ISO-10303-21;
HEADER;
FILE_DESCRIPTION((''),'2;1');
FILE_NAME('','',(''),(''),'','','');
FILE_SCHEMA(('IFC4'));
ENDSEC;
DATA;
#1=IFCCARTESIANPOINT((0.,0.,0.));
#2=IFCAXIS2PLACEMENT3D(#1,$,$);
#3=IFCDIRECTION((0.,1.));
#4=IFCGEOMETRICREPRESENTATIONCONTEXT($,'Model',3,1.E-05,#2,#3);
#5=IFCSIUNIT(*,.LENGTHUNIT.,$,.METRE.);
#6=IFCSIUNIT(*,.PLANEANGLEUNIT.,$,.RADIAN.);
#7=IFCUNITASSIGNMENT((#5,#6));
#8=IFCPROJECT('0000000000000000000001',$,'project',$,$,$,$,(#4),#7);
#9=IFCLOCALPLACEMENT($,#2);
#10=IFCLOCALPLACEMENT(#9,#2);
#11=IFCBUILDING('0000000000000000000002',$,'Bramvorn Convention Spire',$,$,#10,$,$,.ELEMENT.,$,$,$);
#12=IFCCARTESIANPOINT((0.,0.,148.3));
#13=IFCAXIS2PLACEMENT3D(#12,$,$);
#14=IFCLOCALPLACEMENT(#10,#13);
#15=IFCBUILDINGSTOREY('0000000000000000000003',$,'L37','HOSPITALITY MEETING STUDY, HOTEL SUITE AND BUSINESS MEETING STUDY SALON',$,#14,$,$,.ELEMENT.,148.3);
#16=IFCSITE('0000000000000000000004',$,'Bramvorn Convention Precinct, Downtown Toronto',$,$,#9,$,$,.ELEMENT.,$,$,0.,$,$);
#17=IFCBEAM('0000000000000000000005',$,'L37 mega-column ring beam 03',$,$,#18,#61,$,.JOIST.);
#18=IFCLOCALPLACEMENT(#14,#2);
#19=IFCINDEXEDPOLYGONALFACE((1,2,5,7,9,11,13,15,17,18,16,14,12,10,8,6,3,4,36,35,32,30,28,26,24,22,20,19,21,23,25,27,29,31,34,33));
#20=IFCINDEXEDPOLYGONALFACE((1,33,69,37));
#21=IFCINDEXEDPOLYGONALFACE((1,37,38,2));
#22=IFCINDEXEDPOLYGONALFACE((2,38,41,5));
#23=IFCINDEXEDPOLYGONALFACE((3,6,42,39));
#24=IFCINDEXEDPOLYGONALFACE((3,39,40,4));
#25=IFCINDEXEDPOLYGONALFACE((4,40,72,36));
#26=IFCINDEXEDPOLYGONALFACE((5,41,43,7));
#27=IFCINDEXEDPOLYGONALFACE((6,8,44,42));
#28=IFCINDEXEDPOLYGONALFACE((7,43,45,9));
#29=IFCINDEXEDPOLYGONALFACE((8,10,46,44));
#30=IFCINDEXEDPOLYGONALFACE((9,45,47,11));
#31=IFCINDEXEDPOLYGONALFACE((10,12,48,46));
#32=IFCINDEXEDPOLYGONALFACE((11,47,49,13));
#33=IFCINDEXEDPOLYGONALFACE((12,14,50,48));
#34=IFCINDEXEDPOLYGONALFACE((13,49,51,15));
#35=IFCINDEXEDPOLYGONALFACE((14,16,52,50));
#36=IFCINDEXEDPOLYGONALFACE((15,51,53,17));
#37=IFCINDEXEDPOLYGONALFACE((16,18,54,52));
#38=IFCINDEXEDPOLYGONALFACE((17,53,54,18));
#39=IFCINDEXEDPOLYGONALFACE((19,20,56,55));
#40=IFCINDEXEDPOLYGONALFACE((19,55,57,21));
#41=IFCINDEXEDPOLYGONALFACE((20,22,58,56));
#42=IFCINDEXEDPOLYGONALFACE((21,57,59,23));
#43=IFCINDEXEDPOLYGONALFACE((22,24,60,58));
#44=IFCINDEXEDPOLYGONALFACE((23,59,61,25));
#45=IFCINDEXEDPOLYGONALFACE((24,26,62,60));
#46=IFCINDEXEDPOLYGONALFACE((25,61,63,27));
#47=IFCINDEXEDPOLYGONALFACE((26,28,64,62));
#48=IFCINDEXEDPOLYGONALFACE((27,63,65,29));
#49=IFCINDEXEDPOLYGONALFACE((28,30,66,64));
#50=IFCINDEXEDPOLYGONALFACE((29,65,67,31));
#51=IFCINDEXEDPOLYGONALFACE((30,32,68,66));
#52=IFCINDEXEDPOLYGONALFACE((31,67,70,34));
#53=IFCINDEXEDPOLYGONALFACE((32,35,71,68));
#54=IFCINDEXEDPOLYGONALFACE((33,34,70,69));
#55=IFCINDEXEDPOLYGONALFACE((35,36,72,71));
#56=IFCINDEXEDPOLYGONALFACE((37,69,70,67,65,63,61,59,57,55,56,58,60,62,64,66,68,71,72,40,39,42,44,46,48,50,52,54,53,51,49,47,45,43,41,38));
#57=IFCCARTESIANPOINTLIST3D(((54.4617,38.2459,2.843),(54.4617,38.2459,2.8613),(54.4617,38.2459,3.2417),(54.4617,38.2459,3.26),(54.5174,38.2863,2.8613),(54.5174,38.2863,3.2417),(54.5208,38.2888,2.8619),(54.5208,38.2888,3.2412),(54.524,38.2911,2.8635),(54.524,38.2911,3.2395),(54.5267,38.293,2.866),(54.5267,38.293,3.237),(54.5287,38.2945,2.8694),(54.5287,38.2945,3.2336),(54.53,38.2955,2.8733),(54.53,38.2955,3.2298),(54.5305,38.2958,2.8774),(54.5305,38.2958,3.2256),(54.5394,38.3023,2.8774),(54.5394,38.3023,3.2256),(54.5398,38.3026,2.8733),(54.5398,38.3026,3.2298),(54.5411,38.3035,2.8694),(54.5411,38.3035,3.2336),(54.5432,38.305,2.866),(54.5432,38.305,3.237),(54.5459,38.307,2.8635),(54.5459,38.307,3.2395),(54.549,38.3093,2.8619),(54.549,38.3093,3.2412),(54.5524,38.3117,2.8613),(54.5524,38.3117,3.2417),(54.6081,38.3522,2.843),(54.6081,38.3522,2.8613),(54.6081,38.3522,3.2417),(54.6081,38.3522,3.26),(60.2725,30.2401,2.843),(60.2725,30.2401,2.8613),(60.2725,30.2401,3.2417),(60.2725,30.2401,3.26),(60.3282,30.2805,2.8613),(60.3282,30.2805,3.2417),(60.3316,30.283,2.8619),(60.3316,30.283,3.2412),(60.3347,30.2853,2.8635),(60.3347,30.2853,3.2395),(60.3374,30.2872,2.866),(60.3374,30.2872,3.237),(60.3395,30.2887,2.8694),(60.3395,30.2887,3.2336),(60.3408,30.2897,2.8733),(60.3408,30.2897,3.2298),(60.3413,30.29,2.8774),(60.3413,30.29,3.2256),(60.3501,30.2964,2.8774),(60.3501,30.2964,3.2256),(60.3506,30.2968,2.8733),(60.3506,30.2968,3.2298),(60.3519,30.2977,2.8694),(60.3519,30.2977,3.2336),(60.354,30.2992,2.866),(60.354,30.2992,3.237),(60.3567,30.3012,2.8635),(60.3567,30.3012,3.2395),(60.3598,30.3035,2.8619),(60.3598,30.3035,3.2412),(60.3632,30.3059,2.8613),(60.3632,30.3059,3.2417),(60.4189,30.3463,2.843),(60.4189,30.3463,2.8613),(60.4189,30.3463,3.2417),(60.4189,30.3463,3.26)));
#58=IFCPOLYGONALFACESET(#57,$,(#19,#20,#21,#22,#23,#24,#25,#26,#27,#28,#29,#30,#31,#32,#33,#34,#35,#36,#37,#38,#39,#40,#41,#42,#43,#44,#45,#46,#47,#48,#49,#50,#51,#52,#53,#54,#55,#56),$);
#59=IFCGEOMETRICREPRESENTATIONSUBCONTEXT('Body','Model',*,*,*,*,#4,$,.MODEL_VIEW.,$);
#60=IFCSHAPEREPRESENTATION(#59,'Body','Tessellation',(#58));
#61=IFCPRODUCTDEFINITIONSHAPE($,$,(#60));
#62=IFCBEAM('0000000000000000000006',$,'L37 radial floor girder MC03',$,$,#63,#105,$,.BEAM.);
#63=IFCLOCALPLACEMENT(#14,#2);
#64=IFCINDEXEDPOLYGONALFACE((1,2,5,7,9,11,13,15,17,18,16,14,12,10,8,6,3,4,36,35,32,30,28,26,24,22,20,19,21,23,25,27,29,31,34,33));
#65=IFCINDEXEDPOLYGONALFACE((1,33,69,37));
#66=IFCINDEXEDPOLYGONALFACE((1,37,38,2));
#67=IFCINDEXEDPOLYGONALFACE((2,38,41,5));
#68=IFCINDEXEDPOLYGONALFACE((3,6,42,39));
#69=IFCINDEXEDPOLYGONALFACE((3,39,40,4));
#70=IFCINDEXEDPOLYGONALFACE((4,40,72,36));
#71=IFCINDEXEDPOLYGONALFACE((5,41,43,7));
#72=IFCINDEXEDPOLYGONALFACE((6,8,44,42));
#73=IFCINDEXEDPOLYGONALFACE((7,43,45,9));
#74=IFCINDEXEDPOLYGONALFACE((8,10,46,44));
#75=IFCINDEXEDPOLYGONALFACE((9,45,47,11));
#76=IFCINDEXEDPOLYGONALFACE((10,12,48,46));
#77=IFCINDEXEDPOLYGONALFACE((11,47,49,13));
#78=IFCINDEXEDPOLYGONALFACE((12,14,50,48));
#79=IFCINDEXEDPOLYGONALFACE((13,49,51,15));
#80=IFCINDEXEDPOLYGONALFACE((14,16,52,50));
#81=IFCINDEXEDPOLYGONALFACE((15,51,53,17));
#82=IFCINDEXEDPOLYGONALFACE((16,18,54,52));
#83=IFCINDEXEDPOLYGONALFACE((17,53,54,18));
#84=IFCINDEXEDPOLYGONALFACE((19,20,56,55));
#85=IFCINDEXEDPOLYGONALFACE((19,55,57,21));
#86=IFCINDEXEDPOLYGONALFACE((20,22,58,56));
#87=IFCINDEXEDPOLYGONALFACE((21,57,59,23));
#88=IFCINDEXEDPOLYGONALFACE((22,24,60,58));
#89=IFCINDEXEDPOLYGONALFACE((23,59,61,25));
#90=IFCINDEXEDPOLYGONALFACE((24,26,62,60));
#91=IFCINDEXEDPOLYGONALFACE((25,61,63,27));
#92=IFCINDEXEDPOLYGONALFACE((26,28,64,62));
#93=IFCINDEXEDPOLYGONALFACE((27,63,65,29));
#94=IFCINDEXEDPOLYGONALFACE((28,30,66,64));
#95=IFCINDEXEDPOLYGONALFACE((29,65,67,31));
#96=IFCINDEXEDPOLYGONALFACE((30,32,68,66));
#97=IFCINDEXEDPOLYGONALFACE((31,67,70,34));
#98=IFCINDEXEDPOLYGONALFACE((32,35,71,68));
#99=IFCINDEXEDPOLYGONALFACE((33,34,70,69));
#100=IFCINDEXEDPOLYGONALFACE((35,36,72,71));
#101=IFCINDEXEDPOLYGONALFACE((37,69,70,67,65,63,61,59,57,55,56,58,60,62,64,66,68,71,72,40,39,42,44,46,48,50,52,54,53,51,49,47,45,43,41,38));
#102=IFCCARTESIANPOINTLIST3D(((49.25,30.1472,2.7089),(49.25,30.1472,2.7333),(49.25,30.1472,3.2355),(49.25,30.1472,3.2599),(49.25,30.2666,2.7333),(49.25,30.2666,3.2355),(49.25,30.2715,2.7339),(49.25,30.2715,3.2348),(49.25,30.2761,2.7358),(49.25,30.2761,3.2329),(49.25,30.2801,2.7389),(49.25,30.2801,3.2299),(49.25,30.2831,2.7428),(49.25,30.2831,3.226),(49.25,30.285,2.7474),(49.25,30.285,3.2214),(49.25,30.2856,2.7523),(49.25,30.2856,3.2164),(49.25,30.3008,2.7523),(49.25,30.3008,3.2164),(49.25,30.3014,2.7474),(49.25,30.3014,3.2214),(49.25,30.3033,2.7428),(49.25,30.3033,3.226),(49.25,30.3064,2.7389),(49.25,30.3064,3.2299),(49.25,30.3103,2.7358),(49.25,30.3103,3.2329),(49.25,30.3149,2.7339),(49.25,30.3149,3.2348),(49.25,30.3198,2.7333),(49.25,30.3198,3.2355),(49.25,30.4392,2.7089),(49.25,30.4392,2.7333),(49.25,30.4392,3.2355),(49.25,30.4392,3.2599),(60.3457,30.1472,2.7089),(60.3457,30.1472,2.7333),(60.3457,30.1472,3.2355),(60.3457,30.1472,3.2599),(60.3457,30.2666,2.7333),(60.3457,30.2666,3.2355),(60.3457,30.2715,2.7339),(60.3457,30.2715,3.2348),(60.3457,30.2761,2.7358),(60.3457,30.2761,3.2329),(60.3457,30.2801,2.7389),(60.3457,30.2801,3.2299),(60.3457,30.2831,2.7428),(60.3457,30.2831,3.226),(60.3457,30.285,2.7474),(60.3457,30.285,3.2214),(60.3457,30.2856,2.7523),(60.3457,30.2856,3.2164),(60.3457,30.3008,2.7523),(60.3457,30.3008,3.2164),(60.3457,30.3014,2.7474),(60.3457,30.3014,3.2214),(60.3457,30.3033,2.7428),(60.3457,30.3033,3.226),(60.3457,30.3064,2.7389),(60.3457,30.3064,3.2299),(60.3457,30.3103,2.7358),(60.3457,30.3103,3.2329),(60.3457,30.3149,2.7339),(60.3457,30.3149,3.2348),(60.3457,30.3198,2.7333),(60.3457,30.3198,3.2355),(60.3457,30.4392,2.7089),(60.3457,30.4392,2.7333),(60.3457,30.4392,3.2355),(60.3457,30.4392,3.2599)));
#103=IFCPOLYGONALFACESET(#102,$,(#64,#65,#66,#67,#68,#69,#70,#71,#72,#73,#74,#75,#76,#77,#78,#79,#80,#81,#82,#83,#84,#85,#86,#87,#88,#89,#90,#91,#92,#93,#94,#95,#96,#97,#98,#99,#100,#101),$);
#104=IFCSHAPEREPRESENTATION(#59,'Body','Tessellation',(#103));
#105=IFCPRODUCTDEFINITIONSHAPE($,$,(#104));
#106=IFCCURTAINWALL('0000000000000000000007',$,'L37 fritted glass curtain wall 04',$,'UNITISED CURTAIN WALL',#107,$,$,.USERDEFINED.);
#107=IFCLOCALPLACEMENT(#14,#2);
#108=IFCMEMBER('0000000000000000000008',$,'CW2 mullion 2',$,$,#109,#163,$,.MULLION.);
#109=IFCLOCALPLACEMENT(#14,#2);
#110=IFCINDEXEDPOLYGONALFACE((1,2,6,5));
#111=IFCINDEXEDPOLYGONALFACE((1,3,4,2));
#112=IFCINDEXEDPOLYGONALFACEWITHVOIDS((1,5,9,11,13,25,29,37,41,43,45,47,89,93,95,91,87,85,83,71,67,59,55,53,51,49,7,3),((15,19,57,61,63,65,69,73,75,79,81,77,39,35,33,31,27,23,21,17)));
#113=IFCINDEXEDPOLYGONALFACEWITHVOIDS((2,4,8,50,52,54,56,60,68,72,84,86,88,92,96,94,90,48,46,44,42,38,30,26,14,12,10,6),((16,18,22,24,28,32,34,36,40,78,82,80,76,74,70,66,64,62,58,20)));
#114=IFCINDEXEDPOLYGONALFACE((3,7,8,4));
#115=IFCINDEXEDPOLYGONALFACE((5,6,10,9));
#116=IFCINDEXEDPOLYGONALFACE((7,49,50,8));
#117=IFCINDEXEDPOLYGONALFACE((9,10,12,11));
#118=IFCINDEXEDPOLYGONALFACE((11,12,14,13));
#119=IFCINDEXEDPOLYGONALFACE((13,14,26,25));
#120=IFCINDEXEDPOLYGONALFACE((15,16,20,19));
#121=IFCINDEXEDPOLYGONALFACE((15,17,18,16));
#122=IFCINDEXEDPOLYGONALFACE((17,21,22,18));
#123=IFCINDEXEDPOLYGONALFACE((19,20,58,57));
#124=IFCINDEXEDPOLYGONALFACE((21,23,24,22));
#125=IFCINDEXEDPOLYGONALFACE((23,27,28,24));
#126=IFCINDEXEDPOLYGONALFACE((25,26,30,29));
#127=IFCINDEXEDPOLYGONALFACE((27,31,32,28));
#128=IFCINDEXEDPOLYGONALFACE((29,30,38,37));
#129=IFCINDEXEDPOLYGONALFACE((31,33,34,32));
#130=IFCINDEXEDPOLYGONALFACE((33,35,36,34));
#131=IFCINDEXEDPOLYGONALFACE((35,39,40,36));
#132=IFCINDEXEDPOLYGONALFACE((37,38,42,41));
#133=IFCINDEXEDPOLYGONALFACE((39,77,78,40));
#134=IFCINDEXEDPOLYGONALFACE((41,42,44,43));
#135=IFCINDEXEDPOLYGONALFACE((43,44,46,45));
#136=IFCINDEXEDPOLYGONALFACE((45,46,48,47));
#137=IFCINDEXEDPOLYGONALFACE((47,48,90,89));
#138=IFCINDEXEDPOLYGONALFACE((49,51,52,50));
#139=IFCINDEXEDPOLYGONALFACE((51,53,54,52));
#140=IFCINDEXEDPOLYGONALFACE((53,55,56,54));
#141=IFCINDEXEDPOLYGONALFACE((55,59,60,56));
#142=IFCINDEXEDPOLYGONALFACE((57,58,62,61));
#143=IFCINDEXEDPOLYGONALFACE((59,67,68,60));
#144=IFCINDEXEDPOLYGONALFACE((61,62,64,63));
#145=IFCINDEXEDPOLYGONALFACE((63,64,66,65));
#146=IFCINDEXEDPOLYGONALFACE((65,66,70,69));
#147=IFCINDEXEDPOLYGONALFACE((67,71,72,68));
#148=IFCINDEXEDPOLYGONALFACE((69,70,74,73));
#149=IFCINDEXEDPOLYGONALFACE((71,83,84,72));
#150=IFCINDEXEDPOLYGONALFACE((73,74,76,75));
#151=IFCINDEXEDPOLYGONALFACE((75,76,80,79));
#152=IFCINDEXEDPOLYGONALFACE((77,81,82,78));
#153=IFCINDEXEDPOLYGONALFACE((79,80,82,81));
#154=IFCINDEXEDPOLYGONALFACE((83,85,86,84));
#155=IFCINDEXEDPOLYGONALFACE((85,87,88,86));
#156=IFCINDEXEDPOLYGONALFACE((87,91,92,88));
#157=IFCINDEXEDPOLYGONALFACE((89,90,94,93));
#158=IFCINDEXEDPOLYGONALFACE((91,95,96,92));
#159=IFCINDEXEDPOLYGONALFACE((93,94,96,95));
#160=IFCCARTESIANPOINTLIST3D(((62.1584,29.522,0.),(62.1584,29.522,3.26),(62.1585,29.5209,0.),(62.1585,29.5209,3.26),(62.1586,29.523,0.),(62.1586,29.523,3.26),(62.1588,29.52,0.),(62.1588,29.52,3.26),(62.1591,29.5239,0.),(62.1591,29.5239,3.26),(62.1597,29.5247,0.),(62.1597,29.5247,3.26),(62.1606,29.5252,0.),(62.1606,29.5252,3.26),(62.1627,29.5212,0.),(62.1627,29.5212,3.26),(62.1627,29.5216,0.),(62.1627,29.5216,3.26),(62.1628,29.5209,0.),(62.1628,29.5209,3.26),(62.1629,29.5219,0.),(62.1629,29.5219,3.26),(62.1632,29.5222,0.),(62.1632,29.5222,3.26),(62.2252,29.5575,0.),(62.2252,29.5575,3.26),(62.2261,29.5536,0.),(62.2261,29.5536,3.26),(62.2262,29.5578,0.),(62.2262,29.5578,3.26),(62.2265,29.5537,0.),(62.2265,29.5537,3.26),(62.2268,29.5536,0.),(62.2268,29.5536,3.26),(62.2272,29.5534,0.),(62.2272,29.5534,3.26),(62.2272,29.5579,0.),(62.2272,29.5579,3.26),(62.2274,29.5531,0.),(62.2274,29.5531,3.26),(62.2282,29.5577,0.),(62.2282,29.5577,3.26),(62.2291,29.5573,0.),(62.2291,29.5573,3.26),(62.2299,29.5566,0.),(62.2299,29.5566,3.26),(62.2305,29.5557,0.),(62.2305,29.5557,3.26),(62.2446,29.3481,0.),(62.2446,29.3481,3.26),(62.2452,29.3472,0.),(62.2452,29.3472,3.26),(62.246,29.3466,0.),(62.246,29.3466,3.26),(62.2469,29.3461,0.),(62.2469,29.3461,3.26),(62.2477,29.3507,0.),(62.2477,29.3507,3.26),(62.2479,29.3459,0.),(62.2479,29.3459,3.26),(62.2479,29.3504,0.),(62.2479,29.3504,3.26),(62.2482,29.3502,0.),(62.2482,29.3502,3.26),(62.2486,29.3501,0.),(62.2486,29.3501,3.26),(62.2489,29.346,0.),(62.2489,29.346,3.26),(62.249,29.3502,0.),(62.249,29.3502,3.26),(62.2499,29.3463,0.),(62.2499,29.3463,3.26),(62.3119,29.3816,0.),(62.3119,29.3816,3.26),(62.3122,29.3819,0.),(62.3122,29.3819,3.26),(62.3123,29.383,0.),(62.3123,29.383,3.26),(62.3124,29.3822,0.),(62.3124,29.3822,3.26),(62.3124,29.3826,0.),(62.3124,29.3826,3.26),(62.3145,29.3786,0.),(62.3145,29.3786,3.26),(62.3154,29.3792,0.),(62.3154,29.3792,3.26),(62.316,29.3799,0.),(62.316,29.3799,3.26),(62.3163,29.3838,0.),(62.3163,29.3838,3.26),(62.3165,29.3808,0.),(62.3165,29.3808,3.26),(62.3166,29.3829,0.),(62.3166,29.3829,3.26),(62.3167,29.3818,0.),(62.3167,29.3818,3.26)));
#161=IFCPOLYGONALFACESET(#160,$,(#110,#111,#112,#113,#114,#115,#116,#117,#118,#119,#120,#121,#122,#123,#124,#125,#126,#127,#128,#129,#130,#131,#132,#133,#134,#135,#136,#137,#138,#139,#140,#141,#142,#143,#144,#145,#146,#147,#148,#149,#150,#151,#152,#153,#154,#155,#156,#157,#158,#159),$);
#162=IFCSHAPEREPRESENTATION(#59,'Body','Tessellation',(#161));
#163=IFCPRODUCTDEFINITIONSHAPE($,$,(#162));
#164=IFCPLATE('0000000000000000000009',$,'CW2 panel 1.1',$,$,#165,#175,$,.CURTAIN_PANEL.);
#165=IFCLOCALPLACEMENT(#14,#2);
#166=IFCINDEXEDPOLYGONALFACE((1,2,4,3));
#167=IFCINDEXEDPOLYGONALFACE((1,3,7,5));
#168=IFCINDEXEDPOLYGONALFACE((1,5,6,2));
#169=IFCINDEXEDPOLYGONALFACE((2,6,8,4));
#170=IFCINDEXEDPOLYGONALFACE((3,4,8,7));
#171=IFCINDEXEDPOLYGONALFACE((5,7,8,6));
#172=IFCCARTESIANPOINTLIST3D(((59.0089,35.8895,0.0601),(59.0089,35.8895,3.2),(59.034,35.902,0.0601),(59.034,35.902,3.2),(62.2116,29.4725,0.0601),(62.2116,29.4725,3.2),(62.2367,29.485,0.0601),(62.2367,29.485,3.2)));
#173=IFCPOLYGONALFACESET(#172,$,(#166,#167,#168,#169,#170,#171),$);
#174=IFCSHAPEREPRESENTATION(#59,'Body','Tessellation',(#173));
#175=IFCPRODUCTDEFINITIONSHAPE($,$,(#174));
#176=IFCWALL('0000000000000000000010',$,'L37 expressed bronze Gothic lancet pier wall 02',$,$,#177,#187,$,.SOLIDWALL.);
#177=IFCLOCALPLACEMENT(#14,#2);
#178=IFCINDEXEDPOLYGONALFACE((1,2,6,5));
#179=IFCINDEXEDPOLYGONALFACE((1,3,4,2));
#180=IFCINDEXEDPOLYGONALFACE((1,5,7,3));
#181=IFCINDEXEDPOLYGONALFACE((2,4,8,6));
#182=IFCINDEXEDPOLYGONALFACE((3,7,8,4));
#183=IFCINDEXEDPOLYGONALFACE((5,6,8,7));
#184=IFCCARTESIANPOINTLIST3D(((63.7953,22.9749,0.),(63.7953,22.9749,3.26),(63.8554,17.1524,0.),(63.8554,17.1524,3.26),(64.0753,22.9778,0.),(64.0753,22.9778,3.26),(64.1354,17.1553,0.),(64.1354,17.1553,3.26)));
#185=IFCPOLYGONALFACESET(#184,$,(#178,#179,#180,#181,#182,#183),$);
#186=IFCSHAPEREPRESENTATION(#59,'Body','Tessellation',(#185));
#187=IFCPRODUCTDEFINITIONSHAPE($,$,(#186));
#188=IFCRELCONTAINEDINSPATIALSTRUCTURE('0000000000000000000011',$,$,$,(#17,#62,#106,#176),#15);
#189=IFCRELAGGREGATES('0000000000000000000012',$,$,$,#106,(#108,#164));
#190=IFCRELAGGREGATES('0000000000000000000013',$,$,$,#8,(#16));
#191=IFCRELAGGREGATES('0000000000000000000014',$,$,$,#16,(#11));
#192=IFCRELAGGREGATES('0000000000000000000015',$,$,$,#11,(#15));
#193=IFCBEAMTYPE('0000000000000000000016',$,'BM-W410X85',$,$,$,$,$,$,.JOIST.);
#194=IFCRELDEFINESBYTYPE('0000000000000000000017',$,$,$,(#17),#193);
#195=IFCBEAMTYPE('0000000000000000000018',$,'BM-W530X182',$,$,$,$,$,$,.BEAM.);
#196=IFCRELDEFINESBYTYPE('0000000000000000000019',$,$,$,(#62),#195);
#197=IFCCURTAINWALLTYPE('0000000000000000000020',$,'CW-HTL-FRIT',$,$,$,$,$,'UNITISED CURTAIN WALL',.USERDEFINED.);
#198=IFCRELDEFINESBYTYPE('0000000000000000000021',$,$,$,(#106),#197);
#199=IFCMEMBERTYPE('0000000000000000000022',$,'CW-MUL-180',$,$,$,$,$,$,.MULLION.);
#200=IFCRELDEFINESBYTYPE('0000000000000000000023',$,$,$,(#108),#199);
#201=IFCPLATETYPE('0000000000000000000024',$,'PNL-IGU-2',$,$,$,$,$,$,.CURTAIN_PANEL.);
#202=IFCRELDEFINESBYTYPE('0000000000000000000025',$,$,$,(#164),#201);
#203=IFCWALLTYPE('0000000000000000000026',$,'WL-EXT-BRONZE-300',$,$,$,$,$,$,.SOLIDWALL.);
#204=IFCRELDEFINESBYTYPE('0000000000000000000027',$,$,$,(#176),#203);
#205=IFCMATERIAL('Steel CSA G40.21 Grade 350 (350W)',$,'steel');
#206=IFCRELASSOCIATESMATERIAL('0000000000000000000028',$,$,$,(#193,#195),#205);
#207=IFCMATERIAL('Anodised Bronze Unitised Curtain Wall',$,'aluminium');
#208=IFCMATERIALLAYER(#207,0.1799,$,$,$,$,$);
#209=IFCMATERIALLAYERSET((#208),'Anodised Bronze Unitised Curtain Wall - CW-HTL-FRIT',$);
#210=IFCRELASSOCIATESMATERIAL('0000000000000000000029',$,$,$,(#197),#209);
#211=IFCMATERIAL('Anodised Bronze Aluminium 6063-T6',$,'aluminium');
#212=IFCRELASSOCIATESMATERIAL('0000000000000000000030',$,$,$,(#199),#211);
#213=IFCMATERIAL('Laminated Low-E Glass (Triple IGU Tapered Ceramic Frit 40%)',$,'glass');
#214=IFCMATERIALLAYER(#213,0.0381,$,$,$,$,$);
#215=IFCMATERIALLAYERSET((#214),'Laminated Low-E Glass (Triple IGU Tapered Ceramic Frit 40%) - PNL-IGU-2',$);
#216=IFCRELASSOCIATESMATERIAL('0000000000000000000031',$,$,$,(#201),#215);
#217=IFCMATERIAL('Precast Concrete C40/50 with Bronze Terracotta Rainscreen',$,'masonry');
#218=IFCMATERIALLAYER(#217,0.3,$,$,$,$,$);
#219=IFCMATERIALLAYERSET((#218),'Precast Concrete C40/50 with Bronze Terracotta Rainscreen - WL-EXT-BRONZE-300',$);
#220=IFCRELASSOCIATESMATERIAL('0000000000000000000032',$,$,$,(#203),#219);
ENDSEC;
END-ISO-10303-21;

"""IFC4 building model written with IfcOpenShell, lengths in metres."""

from ifc_helpers import new_model, si_unit, direction, frame, frame_2d, origin, origin_2d, place, context, subcontext, project, spatial, rectangle, hollow_rectangle, i_section, extrude, material, layer, layer_set, material_profile, profile_set, type_object, element, aggregate, save


model = new_model("IFC4")

# Units and contexts
model_context = context("Model", 3, precision=1e-05, world=origin(), true_north=direction((0.0, 1.0)))
body_context = subcontext(model_context, "Body", "Model", "MODEL_VIEW")
ifc_project = project(units=[si_unit("LENGTHUNIT", "METRE"), si_unit("PLANEANGLEUNIT", "RADIAN")], contexts=[model_context])

# Site, building, storey
site_placement = place(None, origin())
site = spatial("IfcSite", under=ifc_project, at=site_placement, Name="Bramvorn Convention Precinct, Downtown Toronto", CompositionType="ELEMENT", RefElevation=0.0)
building_placement = place(site_placement, origin())
building = spatial("IfcBuilding", under=site, at=building_placement, Name="Bramvorn Convention Spire", CompositionType="ELEMENT")
storey_placement = place(building_placement, frame((0.0, 0.0, 148.3)))
storey = spatial("IfcBuildingStorey", under=building, at=storey_placement, Name="L37", Description="HOSPITALITY MEETING STUDY, HOTEL SUITE AND BUSINESS MEETING STUDY SALON", CompositionType="ELEMENT", Elevation=148.3)

# Shared definitions
ifc_material_1 = material(Name="Steel CSA G40.21 Grade 350 (350W)", Category="steel")

# Beams
ifc_material_profile_1 = material_profile(ifc_material_1, i_section(OverallWidth=0.1809, OverallDepth=0.417, WebThickness=0.011, FlangeThickness=0.0183, FilletRadius=0.0161, at=origin_2d()))
ifc_profile_set_1 = profile_set([ifc_material_profile_1], Name="Steel CSA G40.21 Grade 350 (350W) - W410X85")
beam_type_1 = type_object("IfcBeamType", Name="BM-W410X85", PredefinedType="JOIST", material=ifc_profile_set_1)
beam_1_placement = place(storey_placement, frame((60.3457, 30.2932, 3.0515), z_axis=(-0.587401, 0.809296, 0.0), x_axis=(-0.809296, -0.587401, 0.0)))
element("IfcBeam", 1, at=beam_1_placement, inside=storey, type_object=beam_type_1, Name="L37 mega-column ring beam 03", PredefinedType="JOIST", context=body_context, shape_type="SweptSolid", body=[
    extrude(i_section(OverallWidth=0.1809, OverallDepth=0.417, WebThickness=0.011, FlangeThickness=0.0183, FilletRadius=0.0161, at=origin_2d()), origin(), (0.0, 0.0, 1.0), 9.8923),
])
ifc_material_profile_2 = material_profile(ifc_material_1, i_section(OverallWidth=0.292, OverallDepth=0.551, WebThickness=0.0151, FlangeThickness=0.0244, FilletRadius=0.019, at=origin_2d()))
ifc_profile_set_2 = profile_set([ifc_material_profile_2], Name="Steel CSA G40.21 Grade 350 (350W) - W530X182")
beam_type_2 = type_object("IfcBeamType", Name="BM-W530X182", PredefinedType="BEAM", material=ifc_profile_set_2)
beam_2_placement = place(storey_placement, frame((49.25, 30.2932, 2.9844), z_axis=(1.0, 0.0, 0.0), x_axis=(0.0, 1.0, 0.0)))
element("IfcBeam", 2, at=beam_2_placement, inside=storey, type_object=beam_type_2, Name="L37 radial floor girder MC03", PredefinedType="BEAM", context=body_context, shape_type="SweptSolid", body=[
    extrude(i_section(OverallWidth=0.292, OverallDepth=0.551, WebThickness=0.0151, FlangeThickness=0.0244, FilletRadius=0.019, at=origin_2d()), origin(), (0.0, 0.0, 1.0), 11.0957),
])

# Curtain wall, member, plate
ifc_material_2 = material(Name="Anodised Bronze Unitised Curtain Wall", Category="aluminium")
ifc_layer_1 = layer(ifc_material_2, 0.1799)
ifc_layer_set_1 = layer_set([ifc_layer_1], Name="Anodised Bronze Unitised Curtain Wall - CW-HTL-FRIT")
curtain_wall_type = type_object("IfcCurtainWallType", Name="CW-HTL-FRIT", ElementType="UNITISED CURTAIN WALL", PredefinedType="USERDEFINED", material=ifc_layer_set_1)
curtain_wall_placement = place(storey_placement, origin())
curtain_wall = element("IfcCurtainWall", 3, at=curtain_wall_placement, inside=storey, type_object=curtain_wall_type, Name="L37 fritted glass curtain wall 04", ObjectType="UNITISED CURTAIN WALL", PredefinedType="USERDEFINED")
ifc_material_3 = material(Name="Anodised Bronze Aluminium 6063-T6", Category="aluminium")
ifc_material_profile_3 = material_profile(ifc_material_3, hollow_rectangle(XDim=0.0801, YDim=0.2, WallThickness=0.0039, InnerFilletRadius=0.001, OuterFilletRadius=0.0039, at=origin_2d()))
ifc_profile_set_3 = profile_set([ifc_material_profile_3], Name="Anodised Bronze Aluminium 6063-T6 - CWM80X200")
member_type = type_object("IfcMemberType", Name="CW-MUL-180", PredefinedType="MULLION", material=ifc_profile_set_3)
member_placement = place(storey_placement, frame((62.2375, 29.4519, 0.0), z_axis=(0.0, 0.0, 1.0), x_axis=(0.894748, 0.446572, 0.0)))
member = element("IfcMember", 4, at=member_placement, type_object=member_type, Name="CW2 mullion 2", PredefinedType="MULLION", context=body_context, shape_type="SweptSolid", body=[
    extrude(hollow_rectangle(XDim=0.0801, YDim=0.2, WallThickness=0.0039, InnerFilletRadius=0.001, OuterFilletRadius=0.0039, at=origin_2d()), origin(), (0.0, 0.0, 1.0), 3.26),
])
ifc_material_4 = material(Name="Laminated Low-E Glass (Triple IGU Tapered Ceramic Frit 40%)", Category="glass")
ifc_layer_2 = layer(ifc_material_4, 0.0381)
ifc_layer_set_2 = layer_set([ifc_layer_2], Name="Laminated Low-E Glass (Triple IGU Tapered Ceramic Frit 40%) - PNL-IGU-2")
plate_type = type_object("IfcPlateType", Name="PNL-IGU-2", PredefinedType="CURTAIN_PANEL", material=ifc_layer_set_2)
plate_placement = place(storey_placement, frame((60.6228, 32.6873, 0.0601), z_axis=(0.0, 0.0, 1.0), x_axis=(0.446572, -0.894748, 0.0)))
plate = element("IfcPlate", 5, at=plate_placement, type_object=plate_type, Name="CW2 panel 1.1", PredefinedType="CURTAIN_PANEL", context=body_context, shape_type="SweptSolid", body=[
    extrude(rectangle(XDim=7.1719, YDim=0.0281, at=origin_2d()), origin(), (0.0, 0.0, 1.0), 3.1399),
])
aggregate(curtain_wall, [member, plate])

# Wall
ifc_material_5 = material(Name="Precast Concrete C40/50 with Bronze Terracotta Rainscreen", Category="masonry")
ifc_layer_3 = layer(ifc_material_5, 0.3)
ifc_layer_set_3 = layer_set([ifc_layer_3], Name="Precast Concrete C40/50 with Bronze Terracotta Rainscreen - WL-EXT-BRONZE-300")
wall_type_1 = type_object("IfcWallType", Name="WL-EXT-BRONZE-300", PredefinedType="SOLIDWALL", material=ifc_layer_set_3)
wall_1_placement = place(storey_placement, frame((63.9353, 22.9763, 0.0), z_axis=(0.0, 0.0, 1.0), x_axis=(0.010314, -0.999947, 0.0)))
element("IfcWall", 6, at=wall_1_placement, inside=storey, type_object=wall_type_1, Name="L37 expressed bronze Gothic lancet pier wall 02", PredefinedType="SOLIDWALL", context=body_context, shape_type="SweptSolid", body=[
    extrude(rectangle(XDim=5.8228, YDim=0.28, at=frame_2d((2.9114, 0.0))), origin(), (0.0, 0.0, 1.0), 3.26),
])

save(model, "model.ifc")
